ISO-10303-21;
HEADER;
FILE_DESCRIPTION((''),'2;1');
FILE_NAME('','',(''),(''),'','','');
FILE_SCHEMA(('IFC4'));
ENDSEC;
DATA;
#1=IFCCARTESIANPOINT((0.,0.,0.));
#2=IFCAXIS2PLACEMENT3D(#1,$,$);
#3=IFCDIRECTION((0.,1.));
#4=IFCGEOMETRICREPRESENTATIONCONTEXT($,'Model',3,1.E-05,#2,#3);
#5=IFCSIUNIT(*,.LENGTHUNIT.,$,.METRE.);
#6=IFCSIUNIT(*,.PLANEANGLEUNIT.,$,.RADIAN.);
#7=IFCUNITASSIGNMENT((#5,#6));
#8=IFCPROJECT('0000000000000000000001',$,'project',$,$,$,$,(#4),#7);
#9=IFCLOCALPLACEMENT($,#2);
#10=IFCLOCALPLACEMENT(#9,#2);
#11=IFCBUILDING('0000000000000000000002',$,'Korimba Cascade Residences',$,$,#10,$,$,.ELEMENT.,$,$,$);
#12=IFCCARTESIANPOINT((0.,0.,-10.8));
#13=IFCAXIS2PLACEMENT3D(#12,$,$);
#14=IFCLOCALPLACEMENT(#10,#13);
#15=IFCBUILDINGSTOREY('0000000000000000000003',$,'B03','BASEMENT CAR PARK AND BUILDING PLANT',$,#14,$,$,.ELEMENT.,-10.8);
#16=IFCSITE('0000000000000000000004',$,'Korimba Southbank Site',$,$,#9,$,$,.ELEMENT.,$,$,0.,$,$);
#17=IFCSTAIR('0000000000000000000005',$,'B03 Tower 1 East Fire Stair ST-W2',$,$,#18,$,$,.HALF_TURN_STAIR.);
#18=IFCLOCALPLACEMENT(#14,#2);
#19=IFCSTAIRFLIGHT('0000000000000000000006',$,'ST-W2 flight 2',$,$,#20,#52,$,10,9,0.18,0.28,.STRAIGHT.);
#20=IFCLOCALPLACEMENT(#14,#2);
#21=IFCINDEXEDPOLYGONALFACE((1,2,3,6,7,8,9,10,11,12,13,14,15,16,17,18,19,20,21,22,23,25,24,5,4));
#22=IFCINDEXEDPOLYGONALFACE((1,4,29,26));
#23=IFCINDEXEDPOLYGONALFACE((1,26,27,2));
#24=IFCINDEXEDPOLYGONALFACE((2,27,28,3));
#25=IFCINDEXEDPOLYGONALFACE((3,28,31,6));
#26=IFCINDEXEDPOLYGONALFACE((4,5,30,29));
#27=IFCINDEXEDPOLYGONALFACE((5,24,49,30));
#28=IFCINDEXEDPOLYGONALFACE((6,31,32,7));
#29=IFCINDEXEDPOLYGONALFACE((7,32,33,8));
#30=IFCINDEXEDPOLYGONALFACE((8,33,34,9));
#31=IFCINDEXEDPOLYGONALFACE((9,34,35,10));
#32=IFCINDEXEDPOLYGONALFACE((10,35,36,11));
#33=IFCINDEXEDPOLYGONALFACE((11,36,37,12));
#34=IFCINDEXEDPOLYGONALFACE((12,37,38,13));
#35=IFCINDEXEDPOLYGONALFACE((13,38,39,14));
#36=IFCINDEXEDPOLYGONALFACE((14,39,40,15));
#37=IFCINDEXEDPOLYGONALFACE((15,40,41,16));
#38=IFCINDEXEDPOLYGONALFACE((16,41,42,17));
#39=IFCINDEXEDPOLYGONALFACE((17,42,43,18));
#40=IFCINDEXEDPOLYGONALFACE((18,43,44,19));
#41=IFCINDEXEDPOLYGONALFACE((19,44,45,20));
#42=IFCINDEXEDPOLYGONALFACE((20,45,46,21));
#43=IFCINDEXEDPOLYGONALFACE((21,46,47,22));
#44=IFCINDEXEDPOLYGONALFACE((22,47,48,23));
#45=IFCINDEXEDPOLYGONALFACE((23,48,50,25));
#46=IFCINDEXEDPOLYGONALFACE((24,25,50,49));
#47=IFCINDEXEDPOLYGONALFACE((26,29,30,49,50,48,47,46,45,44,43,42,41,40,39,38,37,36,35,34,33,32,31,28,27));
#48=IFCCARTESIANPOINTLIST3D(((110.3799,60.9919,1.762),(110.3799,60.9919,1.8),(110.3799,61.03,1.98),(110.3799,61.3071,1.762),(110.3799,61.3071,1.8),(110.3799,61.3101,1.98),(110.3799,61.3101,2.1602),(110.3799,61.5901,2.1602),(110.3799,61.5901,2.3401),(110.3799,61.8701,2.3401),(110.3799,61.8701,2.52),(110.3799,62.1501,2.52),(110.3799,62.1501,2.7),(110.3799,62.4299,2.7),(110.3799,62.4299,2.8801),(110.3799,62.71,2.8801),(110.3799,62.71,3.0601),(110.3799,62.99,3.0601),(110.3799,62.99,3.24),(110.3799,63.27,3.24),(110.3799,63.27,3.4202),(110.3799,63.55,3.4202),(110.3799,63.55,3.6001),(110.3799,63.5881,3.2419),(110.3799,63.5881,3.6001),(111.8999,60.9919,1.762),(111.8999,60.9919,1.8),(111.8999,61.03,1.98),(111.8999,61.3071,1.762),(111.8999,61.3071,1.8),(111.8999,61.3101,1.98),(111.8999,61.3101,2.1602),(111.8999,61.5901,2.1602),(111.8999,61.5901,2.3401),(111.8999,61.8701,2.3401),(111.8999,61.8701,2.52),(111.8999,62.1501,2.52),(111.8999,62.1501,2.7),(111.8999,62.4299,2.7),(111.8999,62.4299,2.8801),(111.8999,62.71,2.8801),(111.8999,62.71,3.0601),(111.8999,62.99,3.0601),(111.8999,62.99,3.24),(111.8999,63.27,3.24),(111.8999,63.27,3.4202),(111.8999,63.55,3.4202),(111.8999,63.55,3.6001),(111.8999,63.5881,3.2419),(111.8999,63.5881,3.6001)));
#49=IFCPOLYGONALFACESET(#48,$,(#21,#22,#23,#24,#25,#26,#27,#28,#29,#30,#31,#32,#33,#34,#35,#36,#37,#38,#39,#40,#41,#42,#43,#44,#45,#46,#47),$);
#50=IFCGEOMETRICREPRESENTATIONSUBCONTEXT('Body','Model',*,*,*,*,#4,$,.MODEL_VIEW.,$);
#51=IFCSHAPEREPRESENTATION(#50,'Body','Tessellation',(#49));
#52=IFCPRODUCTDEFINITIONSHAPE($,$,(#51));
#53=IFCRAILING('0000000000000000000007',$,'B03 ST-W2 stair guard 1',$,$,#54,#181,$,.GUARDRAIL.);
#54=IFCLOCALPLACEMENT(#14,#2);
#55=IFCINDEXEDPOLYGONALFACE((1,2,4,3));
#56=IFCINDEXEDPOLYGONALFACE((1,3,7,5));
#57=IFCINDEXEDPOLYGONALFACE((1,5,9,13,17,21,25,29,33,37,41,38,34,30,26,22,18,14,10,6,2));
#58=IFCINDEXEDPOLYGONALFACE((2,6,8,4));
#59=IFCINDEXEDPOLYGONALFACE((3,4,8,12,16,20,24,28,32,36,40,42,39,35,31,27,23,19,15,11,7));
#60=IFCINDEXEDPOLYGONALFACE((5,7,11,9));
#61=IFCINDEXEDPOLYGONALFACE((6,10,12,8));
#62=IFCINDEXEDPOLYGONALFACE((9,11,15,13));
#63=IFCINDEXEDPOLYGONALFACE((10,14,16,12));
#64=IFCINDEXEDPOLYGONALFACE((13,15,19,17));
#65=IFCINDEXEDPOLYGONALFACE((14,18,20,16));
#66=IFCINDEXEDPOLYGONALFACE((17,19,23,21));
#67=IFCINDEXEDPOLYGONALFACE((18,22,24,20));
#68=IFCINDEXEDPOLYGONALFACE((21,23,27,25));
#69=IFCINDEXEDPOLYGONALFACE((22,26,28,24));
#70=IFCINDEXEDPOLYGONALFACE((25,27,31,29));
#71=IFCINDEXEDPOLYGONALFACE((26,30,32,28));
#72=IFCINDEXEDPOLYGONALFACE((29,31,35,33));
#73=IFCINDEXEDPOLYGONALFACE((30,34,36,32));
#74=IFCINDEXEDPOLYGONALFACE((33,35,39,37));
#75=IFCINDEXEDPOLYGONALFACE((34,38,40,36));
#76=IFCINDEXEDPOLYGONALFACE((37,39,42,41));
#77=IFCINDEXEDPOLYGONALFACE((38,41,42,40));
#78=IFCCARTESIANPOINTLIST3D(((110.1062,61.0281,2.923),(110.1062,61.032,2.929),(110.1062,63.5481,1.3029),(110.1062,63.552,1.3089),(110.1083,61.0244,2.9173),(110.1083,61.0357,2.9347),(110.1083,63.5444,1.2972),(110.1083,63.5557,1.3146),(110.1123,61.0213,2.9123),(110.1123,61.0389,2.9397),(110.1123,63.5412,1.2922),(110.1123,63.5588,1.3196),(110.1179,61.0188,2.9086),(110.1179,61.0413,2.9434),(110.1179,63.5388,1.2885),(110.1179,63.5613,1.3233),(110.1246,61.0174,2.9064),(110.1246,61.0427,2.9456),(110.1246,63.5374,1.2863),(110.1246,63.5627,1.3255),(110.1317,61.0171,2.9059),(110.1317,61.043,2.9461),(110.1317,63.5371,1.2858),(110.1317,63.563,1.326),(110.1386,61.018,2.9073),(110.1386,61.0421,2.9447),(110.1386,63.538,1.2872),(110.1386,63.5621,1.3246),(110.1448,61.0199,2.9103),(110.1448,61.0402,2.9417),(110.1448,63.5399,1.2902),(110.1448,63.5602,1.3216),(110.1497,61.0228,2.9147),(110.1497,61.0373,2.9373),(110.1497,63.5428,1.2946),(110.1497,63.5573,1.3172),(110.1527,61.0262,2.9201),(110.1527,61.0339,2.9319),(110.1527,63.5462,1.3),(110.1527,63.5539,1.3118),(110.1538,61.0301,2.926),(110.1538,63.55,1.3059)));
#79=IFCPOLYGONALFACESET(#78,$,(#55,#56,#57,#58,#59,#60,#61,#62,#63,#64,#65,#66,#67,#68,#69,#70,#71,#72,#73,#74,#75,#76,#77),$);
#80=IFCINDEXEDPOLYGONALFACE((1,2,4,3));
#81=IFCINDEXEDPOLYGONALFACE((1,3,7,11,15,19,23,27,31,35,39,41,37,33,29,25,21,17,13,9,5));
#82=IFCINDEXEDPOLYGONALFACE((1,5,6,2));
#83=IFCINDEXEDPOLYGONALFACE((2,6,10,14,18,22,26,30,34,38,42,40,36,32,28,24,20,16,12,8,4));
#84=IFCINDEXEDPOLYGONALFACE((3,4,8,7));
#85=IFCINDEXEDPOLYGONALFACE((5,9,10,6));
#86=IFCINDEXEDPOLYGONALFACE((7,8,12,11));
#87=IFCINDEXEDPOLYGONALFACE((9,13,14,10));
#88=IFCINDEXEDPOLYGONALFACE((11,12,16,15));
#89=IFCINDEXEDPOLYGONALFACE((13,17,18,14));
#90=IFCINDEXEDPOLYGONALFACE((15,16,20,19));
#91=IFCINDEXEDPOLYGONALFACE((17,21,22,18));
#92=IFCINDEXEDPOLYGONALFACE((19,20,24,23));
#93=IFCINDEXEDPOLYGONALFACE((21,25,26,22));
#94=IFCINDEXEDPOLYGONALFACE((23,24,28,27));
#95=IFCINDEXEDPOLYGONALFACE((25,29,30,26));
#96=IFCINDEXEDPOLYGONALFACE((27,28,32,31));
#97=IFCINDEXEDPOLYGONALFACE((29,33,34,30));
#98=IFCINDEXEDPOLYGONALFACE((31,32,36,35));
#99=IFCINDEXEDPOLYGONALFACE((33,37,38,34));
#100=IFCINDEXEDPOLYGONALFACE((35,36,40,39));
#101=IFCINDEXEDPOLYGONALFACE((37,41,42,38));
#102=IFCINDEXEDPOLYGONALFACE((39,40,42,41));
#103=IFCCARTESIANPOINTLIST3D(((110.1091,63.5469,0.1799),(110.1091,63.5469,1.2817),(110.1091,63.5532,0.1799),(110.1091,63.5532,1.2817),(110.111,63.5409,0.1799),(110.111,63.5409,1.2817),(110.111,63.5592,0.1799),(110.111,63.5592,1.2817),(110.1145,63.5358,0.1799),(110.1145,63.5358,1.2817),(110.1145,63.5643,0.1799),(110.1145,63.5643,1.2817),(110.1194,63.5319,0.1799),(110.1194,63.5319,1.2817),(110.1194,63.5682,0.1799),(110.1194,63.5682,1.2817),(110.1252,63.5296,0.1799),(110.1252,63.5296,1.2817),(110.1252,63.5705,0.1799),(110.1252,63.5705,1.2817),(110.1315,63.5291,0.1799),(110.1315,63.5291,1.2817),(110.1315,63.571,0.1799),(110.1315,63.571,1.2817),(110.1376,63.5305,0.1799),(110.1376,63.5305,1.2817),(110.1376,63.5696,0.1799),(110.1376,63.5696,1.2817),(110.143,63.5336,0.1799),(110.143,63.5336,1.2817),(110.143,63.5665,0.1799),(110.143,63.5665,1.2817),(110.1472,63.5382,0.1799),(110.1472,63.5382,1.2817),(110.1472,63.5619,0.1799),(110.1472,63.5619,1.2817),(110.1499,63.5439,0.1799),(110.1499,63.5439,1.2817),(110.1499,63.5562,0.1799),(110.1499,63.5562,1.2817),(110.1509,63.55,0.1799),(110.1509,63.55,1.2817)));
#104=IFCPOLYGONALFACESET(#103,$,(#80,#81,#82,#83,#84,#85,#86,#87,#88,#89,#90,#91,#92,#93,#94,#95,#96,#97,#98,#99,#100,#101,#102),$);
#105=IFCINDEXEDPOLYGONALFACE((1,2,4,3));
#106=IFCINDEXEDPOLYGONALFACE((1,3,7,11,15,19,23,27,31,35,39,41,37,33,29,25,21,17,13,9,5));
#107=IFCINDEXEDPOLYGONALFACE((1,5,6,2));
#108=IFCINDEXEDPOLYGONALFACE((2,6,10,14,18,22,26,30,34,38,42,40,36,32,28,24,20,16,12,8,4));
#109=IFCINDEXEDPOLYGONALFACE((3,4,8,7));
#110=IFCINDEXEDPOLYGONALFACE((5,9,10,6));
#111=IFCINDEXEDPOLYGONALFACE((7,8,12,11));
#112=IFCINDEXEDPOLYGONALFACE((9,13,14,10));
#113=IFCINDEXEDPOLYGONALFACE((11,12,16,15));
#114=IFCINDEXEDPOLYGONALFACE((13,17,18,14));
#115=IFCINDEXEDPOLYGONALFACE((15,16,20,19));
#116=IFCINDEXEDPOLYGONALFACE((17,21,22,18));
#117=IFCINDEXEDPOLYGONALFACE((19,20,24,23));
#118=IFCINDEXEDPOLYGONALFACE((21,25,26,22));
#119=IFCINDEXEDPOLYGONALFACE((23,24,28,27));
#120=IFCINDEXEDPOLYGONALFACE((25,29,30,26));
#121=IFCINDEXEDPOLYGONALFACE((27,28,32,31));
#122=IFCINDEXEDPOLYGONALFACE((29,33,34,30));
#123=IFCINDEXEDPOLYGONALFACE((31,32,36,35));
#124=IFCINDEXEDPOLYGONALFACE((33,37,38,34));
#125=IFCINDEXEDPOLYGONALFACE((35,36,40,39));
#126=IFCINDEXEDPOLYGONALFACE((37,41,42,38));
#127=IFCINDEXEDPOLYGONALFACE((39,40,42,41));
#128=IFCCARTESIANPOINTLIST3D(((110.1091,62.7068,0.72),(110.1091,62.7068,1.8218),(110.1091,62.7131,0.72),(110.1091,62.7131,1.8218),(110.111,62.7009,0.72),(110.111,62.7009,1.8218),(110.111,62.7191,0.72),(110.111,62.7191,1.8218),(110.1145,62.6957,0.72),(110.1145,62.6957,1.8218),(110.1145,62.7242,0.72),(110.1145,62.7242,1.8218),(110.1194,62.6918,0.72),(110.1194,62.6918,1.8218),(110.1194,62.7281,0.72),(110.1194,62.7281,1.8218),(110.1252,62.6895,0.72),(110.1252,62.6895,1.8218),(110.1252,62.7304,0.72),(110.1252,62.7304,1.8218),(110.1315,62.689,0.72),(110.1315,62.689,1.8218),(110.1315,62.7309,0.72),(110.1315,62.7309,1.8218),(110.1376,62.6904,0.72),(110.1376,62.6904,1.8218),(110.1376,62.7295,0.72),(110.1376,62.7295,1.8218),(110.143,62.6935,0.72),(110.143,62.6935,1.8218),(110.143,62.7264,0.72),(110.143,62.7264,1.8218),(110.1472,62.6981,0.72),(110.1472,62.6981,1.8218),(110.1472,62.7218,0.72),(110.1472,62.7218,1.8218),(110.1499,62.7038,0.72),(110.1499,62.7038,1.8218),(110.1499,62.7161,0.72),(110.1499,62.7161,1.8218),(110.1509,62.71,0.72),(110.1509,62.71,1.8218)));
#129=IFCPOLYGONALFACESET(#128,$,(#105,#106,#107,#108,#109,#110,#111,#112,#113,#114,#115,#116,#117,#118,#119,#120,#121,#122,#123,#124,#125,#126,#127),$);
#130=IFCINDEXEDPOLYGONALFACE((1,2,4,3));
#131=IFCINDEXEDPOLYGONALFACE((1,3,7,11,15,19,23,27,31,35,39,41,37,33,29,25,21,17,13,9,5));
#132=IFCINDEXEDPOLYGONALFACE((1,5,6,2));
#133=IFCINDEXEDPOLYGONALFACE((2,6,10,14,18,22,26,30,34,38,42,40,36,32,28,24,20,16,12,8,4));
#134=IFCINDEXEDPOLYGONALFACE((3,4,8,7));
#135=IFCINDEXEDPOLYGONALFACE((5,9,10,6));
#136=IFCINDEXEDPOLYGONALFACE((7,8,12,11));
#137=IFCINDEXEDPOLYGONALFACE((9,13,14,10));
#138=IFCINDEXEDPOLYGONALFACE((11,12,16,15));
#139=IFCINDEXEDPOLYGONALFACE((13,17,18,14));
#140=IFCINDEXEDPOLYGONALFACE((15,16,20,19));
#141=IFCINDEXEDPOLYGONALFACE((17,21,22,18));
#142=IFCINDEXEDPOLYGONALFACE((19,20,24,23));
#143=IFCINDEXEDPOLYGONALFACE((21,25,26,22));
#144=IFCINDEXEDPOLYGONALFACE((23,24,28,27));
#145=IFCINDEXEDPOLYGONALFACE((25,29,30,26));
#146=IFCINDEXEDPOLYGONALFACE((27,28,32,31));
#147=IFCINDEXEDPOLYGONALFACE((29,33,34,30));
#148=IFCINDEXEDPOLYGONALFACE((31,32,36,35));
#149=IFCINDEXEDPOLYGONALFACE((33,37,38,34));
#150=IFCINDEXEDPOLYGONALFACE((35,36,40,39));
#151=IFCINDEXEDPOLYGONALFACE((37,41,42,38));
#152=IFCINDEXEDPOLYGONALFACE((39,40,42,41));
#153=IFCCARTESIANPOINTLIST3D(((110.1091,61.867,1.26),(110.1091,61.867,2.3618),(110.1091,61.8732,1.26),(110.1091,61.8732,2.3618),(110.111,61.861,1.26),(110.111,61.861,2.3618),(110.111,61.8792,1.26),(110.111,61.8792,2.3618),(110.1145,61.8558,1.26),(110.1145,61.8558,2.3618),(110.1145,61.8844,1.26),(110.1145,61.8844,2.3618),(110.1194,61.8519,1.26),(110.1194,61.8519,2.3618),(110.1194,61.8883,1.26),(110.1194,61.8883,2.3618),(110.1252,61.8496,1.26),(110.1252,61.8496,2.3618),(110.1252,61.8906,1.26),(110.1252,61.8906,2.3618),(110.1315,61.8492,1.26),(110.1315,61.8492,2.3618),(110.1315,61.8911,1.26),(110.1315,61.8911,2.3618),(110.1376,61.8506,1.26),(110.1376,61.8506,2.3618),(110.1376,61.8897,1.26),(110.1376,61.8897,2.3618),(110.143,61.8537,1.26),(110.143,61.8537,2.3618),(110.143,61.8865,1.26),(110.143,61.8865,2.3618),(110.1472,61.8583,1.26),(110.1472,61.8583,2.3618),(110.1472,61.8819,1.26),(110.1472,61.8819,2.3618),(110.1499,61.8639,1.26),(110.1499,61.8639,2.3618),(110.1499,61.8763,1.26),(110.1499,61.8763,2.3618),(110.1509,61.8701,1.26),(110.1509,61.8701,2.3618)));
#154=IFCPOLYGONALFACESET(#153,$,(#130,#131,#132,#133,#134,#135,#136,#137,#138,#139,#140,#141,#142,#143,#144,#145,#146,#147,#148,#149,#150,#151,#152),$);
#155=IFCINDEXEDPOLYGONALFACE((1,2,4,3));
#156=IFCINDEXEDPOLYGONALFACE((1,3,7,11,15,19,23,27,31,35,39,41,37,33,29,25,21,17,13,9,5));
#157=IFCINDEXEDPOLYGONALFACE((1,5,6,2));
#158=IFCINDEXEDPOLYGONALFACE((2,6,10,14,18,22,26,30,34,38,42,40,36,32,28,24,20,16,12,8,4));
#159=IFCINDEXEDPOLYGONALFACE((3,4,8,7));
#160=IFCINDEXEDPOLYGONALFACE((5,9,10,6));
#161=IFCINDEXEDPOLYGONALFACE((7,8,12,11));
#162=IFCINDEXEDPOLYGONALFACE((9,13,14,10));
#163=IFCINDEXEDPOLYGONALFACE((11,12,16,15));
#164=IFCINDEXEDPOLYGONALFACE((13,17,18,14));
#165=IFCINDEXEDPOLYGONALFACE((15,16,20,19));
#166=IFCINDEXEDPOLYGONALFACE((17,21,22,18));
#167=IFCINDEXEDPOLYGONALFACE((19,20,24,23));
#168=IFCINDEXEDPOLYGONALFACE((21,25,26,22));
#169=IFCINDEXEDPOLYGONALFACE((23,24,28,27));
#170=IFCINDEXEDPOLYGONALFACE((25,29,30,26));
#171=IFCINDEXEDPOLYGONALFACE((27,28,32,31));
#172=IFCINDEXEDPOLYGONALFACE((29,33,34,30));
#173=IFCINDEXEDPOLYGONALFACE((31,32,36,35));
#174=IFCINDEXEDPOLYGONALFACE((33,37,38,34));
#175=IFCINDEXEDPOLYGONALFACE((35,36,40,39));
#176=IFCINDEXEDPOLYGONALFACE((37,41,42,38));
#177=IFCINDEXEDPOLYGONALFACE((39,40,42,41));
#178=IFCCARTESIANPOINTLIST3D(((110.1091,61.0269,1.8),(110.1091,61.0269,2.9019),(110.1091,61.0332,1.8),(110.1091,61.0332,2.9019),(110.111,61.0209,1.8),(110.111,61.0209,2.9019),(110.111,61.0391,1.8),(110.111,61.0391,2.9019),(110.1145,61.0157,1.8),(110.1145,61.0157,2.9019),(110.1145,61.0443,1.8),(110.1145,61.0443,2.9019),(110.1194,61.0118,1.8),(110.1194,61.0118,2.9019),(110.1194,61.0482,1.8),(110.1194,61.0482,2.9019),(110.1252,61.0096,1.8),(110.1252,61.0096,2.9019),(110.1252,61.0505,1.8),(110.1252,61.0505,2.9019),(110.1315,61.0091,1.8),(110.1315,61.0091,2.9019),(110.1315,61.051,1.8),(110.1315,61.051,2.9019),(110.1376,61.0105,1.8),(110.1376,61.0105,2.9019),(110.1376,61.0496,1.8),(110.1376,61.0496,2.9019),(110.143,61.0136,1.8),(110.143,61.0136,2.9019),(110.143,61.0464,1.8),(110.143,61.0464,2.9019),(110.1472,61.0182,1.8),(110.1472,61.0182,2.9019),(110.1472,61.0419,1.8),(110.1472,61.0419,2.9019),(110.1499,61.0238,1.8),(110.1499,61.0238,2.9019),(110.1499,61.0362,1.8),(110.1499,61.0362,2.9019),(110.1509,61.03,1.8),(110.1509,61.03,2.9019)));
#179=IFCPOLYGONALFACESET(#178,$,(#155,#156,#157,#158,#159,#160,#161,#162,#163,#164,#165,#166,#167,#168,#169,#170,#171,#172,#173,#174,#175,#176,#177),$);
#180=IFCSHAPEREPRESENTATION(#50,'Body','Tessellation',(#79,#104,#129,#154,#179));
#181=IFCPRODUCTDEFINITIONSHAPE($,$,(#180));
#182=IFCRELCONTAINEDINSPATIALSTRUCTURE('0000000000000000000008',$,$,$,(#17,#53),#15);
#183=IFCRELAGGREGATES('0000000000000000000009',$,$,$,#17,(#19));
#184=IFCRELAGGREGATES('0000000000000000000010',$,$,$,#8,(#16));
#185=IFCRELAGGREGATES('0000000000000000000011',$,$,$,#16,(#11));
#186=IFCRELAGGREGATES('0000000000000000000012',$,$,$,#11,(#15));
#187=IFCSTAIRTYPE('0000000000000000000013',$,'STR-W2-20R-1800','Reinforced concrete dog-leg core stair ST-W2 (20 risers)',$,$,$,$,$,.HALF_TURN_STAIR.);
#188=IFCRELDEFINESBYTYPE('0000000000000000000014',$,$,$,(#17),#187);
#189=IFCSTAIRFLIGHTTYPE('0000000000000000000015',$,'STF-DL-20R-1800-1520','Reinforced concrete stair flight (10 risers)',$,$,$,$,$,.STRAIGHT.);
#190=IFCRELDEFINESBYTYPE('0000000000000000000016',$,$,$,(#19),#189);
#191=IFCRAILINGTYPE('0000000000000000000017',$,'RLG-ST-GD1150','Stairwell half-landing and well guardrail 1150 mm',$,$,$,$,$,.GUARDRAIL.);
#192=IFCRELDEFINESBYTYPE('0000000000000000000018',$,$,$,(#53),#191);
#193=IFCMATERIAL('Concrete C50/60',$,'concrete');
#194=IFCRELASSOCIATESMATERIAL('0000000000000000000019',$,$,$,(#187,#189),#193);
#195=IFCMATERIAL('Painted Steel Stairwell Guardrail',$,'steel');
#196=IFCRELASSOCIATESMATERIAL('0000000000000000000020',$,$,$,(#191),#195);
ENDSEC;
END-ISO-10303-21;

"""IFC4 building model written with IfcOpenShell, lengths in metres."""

from ifc_helpers import new_model, si_unit, direction, frame, origin, origin_2d, place, context, subcontext, project, spatial, polyline, circle, outline, extrude, material, type_object, element, aggregate, save


model = new_model("IFC4")

# Units and contexts
model_context = context("Model", 3, precision=1e-05, world=origin(), true_north=direction((0.0, 1.0)))
body_context = subcontext(model_context, "Body", "Model", "MODEL_VIEW")
ifc_project = project(units=[si_unit("LENGTHUNIT", "METRE"), si_unit("PLANEANGLEUNIT", "RADIAN")], contexts=[model_context])

# Site, building, storey
site_placement = place(None, origin())
site = spatial("IfcSite", under=ifc_project, at=site_placement, Name="Korimba Southbank Site", CompositionType="ELEMENT", RefElevation=0.0)
building_placement = place(site_placement, origin())
building = spatial("IfcBuilding", under=site, at=building_placement, Name="Korimba Cascade Residences", CompositionType="ELEMENT")
storey_placement = place(building_placement, frame((0.0, 0.0, -10.8)))
storey = spatial("IfcBuildingStorey", under=building, at=storey_placement, Name="B03", Description="BASEMENT CAR PARK AND BUILDING PLANT", CompositionType="ELEMENT", Elevation=-10.8)

# Shared definitions
ifc_material_1 = material(Name="Concrete C50/60", Category="concrete")

# Stair, stair flight
stair_type = type_object("IfcStairType", Name="STR-W2-20R-1800", Description="Reinforced concrete dog-leg core stair ST-W2 (20 risers)", PredefinedType="HALF_TURN_STAIR", material=ifc_material_1)
stair_placement = place(storey_placement, origin())
stair = element("IfcStair", 1, at=stair_placement, inside=storey, type_object=stair_type, Name="B03 Tower 1 East Fire Stair ST-W2", PredefinedType="HALF_TURN_STAIR")
stair_flight_type = type_object("IfcStairFlightType", Name="STF-DL-20R-1800-1520", Description="Reinforced concrete stair flight (10 risers)", PredefinedType="STRAIGHT", material=ifc_material_1)
stair_flight_1_placement = place(storey_placement, frame((111.1399, 61.03, 1.8), z_axis=(0.0, 0.0, 1.0), x_axis=(0.0, 1.0, 0.0)))
stair_flight_1 = element("IfcStairFlight", 2, at=stair_flight_1_placement, type_object=stair_flight_type, Name="ST-W2 flight 2", NumberOfRisers=10, NumberOfTreads=9, PredefinedType="STRAIGHT", RiserHeight=0.18, TreadLength=0.28, context=body_context, shape_type="SweptSolid", body=[
    extrude(outline(polyline([(-0.0381, 0.0), (0.0, 0.1799), (0.28, 0.1799), (0.28, 0.3601), (0.5601, 0.3601), (0.5601, 0.54), (0.8401, 0.54), (0.8401, 0.72), (1.1201, 0.72), (1.1201, 0.8999), (1.3999, 0.8999), (1.3999, 1.0801), (1.6799, 1.0801), (1.6799, 1.26), (1.96, 1.26), (1.96, 1.4399), (2.24, 1.4399), (2.24, 1.6201), (2.52, 1.6201), (2.52, 1.8), (2.5581, 1.8), (2.5581, 1.4419), (0.2771, 0.0), (0.2771, -0.0381), (-0.0381, -0.0381), (-0.0381, 0.0)])), frame((0.0, 0.76, 0.0), z_axis=(0.0, -1.0, 0.0), x_axis=(1.0, 0.0, 0.0)), (0.0, 0.0, 1.0), 1.52),
])
aggregate(stair, [stair_flight_1])

# Railing
ifc_material_2 = material(Name="Painted Steel Stairwell Guardrail", Category="steel")
railing_type_1 = type_object("IfcRailingType", Name="RLG-ST-GD1150", Description="Stairwell half-landing and well guardrail 1150 mm", PredefinedType="GUARDRAIL", material=ifc_material_2)
railing_1_placement = place(storey_placement, frame((110.1299, 63.55, 0.1799)))
element("IfcRailing", 3, at=railing_1_placement, inside=storey, type_object=railing_type_1, Name="B03 ST-W2 stair guard 1", PredefinedType="GUARDRAIL", context=body_context, shape_type="SweptSolid", body=[
    extrude(circle(Radius=0.0239, at=origin_2d()), frame((0.0, 0.0, 1.126), z_axis=(0.0, -0.841163, 0.540782), x_axis=(1.0, 0.0, 0.0)), (0.0, 0.0, 1.0), 2.9958),
    extrude(circle(Radius=0.021, at=origin_2d()), origin(), (0.0, 0.0, 1.0), 1.1018),
    extrude(circle(Radius=0.021, at=origin_2d()), frame((0.0, -0.8401, 0.54)), (0.0, 0.0, 1.0), 1.1018),
    extrude(circle(Radius=0.021, at=origin_2d()), frame((0.0, -1.6799, 1.0801)), (0.0, 0.0, 1.0), 1.1018),
    extrude(circle(Radius=0.021, at=origin_2d()), frame((0.0, -2.52, 1.6201)), (0.0, 0.0, 1.0), 1.1018),
])

save(model, "model.ifc")
